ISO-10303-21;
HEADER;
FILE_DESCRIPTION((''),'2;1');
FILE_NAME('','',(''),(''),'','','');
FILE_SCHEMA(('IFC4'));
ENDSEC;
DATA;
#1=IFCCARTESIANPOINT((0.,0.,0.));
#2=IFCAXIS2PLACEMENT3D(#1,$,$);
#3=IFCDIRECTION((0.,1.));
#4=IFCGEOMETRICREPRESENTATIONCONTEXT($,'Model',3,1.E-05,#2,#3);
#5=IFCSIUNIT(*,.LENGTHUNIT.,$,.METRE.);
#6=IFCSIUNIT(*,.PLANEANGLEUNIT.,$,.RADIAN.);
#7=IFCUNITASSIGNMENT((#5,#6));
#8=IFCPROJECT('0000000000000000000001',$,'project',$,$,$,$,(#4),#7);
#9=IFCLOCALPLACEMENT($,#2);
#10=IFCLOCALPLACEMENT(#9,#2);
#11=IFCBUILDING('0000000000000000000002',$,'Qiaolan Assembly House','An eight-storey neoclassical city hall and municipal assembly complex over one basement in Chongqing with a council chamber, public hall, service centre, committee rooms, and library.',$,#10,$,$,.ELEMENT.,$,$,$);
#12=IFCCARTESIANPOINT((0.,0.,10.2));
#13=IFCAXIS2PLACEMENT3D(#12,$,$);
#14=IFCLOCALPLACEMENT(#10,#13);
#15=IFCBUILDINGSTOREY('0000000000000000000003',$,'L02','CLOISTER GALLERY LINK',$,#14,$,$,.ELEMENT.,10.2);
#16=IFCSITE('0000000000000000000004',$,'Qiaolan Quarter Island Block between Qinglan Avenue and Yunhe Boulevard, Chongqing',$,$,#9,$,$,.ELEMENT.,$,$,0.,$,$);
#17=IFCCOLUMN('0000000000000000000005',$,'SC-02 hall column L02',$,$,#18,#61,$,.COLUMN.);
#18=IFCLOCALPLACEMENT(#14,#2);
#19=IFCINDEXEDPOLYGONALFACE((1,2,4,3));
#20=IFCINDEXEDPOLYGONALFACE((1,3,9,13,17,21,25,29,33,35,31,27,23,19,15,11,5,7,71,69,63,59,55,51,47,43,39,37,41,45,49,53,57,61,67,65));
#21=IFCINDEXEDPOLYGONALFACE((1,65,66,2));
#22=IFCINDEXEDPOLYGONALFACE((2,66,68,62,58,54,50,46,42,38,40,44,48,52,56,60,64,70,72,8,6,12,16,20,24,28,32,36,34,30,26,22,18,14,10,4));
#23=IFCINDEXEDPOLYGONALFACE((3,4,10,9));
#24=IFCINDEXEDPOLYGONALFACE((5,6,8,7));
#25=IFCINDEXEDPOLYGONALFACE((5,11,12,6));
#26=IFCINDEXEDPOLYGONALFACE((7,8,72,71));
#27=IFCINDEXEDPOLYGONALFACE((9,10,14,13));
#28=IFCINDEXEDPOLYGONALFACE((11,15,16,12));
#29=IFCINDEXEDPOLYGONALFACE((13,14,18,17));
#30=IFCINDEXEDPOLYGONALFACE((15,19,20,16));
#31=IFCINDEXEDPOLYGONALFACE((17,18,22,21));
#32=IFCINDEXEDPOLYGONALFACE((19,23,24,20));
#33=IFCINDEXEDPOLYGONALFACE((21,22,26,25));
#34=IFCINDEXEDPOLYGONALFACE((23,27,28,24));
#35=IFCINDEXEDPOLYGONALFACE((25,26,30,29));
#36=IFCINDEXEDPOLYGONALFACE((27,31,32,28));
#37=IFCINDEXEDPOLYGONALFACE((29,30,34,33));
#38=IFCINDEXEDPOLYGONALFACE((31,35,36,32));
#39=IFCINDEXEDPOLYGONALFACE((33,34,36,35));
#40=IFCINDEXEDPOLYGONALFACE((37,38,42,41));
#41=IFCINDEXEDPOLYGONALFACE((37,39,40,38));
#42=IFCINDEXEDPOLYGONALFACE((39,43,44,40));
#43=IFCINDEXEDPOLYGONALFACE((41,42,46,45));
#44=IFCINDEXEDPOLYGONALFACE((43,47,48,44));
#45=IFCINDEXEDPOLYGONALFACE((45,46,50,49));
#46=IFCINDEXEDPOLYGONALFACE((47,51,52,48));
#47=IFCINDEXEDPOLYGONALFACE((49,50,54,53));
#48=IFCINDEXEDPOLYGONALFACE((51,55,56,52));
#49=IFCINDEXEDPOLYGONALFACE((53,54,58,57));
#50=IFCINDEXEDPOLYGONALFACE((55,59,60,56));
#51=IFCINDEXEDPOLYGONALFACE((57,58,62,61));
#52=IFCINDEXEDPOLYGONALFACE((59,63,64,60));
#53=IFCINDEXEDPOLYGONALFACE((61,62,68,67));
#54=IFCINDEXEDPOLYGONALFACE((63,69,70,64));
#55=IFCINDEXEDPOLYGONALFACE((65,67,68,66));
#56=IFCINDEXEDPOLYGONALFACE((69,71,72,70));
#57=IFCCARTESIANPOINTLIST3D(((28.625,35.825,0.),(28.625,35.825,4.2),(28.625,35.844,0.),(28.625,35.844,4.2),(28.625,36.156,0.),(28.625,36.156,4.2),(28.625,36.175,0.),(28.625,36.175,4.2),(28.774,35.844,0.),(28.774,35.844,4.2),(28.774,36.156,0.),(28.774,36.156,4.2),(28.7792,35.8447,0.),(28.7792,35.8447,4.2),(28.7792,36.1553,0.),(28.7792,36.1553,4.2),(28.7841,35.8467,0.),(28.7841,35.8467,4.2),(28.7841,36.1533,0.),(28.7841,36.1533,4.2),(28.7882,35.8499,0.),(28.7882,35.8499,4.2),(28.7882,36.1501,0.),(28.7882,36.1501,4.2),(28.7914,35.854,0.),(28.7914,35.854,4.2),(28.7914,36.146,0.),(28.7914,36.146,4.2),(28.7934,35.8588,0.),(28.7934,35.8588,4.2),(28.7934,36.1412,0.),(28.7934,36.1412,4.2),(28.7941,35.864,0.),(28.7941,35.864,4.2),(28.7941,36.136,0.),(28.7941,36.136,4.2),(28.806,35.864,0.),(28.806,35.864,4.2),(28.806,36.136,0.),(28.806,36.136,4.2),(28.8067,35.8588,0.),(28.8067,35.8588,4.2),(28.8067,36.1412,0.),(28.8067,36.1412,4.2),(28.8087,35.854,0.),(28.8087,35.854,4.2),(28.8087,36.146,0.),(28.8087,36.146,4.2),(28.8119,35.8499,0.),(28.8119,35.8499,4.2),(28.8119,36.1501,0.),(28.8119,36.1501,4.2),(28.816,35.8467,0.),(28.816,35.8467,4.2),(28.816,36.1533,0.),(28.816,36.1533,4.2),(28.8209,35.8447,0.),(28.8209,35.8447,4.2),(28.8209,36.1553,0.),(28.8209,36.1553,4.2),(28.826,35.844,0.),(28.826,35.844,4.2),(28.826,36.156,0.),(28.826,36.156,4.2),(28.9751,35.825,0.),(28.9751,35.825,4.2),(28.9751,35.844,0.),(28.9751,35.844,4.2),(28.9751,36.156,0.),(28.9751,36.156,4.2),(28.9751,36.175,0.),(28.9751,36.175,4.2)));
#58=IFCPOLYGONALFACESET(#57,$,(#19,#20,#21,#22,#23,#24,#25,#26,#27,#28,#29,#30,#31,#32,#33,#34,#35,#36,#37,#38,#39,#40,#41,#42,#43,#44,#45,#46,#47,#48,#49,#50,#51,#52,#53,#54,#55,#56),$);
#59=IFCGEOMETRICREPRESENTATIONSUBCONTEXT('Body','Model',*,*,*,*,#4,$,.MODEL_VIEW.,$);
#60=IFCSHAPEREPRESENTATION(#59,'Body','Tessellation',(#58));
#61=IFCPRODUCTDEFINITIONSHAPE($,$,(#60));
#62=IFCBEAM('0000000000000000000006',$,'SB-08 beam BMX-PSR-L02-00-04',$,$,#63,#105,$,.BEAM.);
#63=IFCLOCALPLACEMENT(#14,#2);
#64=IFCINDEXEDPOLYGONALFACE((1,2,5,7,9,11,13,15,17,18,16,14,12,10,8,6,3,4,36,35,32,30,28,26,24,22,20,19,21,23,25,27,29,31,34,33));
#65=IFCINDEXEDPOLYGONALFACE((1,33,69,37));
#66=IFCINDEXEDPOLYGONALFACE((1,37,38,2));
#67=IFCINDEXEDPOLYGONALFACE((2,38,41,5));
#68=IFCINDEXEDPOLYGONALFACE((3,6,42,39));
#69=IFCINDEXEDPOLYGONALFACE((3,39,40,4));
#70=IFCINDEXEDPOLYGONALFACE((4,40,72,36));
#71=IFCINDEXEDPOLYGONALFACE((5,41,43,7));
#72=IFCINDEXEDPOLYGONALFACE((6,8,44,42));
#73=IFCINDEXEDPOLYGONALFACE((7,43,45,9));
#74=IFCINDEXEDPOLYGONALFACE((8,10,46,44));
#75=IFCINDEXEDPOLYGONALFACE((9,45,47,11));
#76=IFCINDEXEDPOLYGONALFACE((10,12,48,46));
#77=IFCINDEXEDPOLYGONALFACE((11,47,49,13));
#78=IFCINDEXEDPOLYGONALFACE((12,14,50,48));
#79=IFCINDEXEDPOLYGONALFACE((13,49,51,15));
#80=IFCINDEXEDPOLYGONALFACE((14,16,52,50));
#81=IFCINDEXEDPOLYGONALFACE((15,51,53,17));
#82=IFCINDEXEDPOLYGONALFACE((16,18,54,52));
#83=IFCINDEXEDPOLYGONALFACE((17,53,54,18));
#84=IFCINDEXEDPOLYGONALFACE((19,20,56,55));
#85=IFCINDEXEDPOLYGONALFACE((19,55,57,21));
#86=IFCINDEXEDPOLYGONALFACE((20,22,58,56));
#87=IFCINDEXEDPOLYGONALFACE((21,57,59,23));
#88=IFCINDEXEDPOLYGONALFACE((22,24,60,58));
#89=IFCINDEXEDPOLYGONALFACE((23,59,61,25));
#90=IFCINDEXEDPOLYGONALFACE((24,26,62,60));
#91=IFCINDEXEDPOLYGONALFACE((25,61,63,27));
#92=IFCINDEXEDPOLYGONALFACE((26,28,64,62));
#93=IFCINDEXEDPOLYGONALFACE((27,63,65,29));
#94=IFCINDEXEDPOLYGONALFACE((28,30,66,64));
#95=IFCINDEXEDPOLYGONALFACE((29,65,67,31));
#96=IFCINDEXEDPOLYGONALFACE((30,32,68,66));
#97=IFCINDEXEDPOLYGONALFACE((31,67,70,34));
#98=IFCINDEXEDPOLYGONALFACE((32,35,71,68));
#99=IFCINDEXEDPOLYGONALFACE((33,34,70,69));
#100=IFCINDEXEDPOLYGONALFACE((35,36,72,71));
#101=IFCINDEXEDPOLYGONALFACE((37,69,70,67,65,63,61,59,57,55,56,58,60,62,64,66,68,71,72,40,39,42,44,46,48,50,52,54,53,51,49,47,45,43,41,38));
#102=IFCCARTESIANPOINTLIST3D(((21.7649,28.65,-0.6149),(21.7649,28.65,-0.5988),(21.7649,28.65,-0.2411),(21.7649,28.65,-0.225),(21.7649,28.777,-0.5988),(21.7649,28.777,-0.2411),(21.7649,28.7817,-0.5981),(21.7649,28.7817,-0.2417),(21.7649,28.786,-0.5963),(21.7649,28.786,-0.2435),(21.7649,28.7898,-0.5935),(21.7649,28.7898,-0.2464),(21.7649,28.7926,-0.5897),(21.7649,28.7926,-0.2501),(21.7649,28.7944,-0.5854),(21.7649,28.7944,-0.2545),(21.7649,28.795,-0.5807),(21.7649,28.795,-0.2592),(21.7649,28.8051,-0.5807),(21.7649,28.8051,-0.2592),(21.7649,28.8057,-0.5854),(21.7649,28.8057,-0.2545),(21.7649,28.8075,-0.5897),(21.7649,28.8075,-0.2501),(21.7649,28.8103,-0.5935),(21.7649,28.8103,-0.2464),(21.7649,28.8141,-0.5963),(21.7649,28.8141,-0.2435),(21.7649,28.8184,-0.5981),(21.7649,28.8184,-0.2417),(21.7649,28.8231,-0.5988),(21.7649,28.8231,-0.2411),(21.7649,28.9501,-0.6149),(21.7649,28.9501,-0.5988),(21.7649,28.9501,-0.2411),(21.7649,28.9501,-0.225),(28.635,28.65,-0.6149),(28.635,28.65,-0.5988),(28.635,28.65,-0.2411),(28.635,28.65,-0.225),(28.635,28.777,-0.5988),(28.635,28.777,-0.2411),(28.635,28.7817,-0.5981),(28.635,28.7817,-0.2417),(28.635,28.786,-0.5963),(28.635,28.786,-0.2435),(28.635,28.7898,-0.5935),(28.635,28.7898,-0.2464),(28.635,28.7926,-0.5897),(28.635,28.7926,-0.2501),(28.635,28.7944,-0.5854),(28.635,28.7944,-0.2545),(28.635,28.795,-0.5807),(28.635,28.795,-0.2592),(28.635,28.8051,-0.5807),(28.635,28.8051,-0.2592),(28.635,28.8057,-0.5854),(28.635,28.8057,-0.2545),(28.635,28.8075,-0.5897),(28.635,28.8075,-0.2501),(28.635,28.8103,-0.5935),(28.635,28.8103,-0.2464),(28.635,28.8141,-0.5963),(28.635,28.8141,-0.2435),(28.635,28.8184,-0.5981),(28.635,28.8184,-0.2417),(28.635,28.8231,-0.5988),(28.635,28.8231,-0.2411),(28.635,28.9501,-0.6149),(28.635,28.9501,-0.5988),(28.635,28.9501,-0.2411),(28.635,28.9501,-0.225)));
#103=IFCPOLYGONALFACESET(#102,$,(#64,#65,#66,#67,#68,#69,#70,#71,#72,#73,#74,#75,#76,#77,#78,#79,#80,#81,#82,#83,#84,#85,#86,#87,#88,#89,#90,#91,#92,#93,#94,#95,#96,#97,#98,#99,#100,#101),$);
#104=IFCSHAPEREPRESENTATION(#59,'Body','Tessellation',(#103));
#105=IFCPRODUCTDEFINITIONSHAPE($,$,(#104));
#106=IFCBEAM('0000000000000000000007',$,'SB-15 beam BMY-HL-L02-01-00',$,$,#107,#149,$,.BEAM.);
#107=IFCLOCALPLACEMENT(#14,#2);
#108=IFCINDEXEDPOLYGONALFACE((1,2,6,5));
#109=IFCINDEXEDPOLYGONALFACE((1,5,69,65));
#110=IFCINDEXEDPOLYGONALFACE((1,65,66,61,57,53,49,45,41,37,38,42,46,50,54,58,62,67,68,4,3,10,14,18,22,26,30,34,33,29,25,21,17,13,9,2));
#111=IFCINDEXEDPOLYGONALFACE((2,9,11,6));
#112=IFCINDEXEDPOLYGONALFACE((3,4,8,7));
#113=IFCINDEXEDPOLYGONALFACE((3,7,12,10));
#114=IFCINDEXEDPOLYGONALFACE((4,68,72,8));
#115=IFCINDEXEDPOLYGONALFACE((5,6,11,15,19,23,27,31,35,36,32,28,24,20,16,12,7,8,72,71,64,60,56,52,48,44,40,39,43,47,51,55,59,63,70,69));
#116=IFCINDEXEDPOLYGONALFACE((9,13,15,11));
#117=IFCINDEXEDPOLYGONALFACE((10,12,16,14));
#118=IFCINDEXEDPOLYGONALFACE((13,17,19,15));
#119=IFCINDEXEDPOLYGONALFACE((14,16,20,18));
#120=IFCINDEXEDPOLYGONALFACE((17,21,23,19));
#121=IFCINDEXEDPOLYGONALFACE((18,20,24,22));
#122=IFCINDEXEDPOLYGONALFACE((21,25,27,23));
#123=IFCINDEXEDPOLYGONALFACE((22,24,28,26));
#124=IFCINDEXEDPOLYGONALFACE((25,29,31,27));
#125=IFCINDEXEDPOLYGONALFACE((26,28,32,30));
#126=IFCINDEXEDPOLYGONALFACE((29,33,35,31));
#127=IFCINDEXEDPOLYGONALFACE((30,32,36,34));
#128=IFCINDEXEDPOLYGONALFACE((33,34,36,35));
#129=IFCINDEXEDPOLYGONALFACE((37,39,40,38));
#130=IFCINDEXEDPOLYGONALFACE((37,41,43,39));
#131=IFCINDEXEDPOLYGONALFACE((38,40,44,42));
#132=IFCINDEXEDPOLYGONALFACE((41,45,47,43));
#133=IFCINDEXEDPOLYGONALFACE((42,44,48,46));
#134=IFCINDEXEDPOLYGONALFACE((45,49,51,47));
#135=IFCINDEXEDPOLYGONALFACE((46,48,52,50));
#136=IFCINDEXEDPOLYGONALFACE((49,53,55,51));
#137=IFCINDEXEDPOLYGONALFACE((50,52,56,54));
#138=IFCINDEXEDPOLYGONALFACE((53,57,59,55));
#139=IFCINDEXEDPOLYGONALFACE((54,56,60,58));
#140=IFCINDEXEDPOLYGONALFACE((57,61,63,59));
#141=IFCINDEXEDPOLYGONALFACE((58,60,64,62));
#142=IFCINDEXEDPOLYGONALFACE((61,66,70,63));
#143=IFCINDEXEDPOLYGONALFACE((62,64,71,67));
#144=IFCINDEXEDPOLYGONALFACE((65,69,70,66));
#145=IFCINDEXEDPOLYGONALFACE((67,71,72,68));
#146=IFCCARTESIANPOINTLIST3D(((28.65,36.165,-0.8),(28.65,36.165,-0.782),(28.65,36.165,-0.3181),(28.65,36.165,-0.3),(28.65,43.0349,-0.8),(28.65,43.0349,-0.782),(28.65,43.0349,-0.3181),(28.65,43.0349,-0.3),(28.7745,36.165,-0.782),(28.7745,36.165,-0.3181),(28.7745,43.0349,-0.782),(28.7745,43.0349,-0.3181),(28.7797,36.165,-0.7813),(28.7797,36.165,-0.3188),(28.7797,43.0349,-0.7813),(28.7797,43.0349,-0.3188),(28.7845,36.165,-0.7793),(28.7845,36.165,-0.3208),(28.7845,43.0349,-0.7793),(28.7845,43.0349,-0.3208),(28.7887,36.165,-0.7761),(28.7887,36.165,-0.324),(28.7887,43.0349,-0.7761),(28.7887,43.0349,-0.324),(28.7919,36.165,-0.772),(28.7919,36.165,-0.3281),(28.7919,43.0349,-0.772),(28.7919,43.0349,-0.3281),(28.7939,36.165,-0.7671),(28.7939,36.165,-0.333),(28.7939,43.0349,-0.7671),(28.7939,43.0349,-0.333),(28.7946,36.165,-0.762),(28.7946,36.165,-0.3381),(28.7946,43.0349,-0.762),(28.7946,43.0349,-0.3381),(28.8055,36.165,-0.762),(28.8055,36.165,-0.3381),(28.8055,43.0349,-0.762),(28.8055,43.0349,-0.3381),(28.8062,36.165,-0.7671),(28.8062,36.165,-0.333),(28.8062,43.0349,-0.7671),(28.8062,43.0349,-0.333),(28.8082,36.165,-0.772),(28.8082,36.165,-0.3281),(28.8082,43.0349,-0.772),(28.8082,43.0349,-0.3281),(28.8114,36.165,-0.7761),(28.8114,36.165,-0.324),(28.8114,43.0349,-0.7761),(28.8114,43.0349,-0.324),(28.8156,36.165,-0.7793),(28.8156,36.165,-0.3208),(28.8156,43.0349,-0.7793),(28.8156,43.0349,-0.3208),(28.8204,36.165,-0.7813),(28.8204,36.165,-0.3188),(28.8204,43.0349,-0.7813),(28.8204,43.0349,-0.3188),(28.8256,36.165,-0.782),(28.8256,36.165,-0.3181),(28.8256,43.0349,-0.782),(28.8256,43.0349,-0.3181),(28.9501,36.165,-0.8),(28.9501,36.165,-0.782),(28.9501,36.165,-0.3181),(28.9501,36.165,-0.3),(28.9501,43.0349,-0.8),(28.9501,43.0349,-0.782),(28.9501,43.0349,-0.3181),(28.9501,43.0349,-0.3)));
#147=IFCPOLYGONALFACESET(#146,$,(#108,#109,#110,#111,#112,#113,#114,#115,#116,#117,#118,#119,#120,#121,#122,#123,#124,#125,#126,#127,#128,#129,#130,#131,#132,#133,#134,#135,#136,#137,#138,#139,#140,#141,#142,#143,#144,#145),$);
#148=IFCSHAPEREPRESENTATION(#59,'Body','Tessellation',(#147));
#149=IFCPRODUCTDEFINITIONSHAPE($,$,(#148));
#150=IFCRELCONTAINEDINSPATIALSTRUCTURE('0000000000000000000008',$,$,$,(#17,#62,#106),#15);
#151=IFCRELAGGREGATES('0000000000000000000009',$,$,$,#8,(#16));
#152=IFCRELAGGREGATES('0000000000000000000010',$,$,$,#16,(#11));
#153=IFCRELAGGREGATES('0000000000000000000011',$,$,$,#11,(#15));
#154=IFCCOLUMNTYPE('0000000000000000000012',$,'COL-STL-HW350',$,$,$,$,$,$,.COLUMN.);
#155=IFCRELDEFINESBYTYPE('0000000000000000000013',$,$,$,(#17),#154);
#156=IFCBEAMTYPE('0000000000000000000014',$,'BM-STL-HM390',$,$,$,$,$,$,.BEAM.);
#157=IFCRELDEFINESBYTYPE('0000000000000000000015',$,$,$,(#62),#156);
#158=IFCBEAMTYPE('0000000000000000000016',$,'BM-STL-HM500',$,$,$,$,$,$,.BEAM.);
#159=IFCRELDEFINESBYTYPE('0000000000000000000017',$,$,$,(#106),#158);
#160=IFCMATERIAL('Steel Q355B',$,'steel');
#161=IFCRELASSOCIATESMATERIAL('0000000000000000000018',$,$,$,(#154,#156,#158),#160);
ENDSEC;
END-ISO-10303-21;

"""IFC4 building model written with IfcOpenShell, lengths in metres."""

from ifc_helpers import new_model, si_unit, direction, frame, origin, origin_2d, place, context, subcontext, project, spatial, i_section, extrude, material, material_profile, profile_set, type_object, element, save


model = new_model("IFC4")

# Units and contexts
model_context = context("Model", 3, precision=1e-05, world=origin(), true_north=direction((0.0, 1.0)))
body_context = subcontext(model_context, "Body", "Model", "MODEL_VIEW")
ifc_project = project(units=[si_unit("LENGTHUNIT", "METRE"), si_unit("PLANEANGLEUNIT", "RADIAN")], contexts=[model_context])

# Site, building, storey
site_placement = place(None, origin())
site = spatial("IfcSite", under=ifc_project, at=site_placement, Name="Qiaolan Quarter Island Block between Qinglan Avenue and Yunhe Boulevard, Chongqing", CompositionType="ELEMENT", RefElevation=0.0)
building_placement = place(site_placement, origin())
building = spatial("IfcBuilding", under=site, at=building_placement, Name="Qiaolan Assembly House", Description="An eight-storey neoclassical city hall and municipal assembly complex over one basement in Chongqing with a council chamber, public hall, service centre, committee rooms, and library.", CompositionType="ELEMENT")
storey_placement = place(building_placement, frame((0.0, 0.0, 10.2)))
storey = spatial("IfcBuildingStorey", under=building, at=storey_placement, Name="L02", Description="CLOISTER GALLERY LINK", CompositionType="ELEMENT", Elevation=10.2)

# Column
ifc_material_1 = material(Name="Steel Q355B", Category="steel")
ifc_material_profile_1 = material_profile(ifc_material_1, i_section(OverallWidth=0.3501, OverallDepth=0.3501, WebThickness=0.012, FlangeThickness=0.019, FilletRadius=0.02, at=origin_2d()), Name="HW 350x350x12x19")
ifc_profile_set_1 = profile_set([ifc_material_profile_1], Name="Steel Q355B")
column_type = type_object("IfcColumnType", Name="COL-STL-HW350", PredefinedType="COLUMN", material=ifc_profile_set_1)
column_placement = place(storey_placement, frame((28.8, 36.0, 0.0), z_axis=(0.0, 0.0, 1.0), x_axis=(1.0, 0.0, 0.0)))
element("IfcColumn", 1, at=column_placement, inside=storey, type_object=column_type, Name="SC-02 hall column L02", PredefinedType="COLUMN", context=body_context, shape_type="SweptSolid", body=[
    extrude(i_section(OverallWidth=0.3501, OverallDepth=0.3501, WebThickness=0.012, FlangeThickness=0.019, FilletRadius=0.02, at=origin_2d()), origin(), (0.0, 0.0, 1.0), 4.2),
])

# Beams
ifc_material_profile_2 = material_profile(ifc_material_1, i_section(OverallWidth=0.3, OverallDepth=0.3899, WebThickness=0.01, FlangeThickness=0.0161, FilletRadius=0.0181, at=origin_2d()), Name="HM 390x300x10x16")
ifc_profile_set_2 = profile_set([ifc_material_profile_2], Name="Steel Q355B")
beam_type_1 = type_object("IfcBeamType", Name="BM-STL-HM390", PredefinedType="BEAM", material=ifc_profile_set_2)
beam_1_placement = place(storey_placement, frame((21.7649, 28.8, -0.4199), z_axis=(1.0, 0.0, 0.0), x_axis=(0.0, 1.0, 0.0)))
element("IfcBeam", 2, at=beam_1_placement, inside=storey, type_object=beam_type_1, Name="SB-08 beam BMX-PSR-L02-00-04", PredefinedType="BEAM", context=body_context, shape_type="SweptSolid", body=[
    extrude(i_section(OverallWidth=0.3, OverallDepth=0.3899, WebThickness=0.01, FlangeThickness=0.0161, FilletRadius=0.0181, at=origin_2d()), origin(), (0.0, 0.0, 1.0), 6.8701),
])
ifc_material_profile_3 = material_profile(ifc_material_1, i_section(OverallWidth=0.3, OverallDepth=0.5, WebThickness=0.011, FlangeThickness=0.0181, FilletRadius=0.02, at=origin_2d()), Name="HM 500x300x11x18")
ifc_profile_set_3 = profile_set([ifc_material_profile_3], Name="Steel Q355B")
beam_type_2 = type_object("IfcBeamType", Name="BM-STL-HM500", PredefinedType="BEAM", material=ifc_profile_set_3)
beam_2_placement = place(storey_placement, frame((28.8, 36.165, -0.55), z_axis=(0.0, 1.0, 0.0), x_axis=(-1.0, 0.0, 0.0)))
element("IfcBeam", 3, at=beam_2_placement, inside=storey, type_object=beam_type_2, Name="SB-15 beam BMY-HL-L02-01-00", PredefinedType="BEAM", context=body_context, shape_type="SweptSolid", body=[
    extrude(i_section(OverallWidth=0.3, OverallDepth=0.5, WebThickness=0.011, FlangeThickness=0.0181, FilletRadius=0.02, at=origin_2d()), origin(), (0.0, 0.0, 1.0), 6.8699),
])

save(model, "model.ifc")
